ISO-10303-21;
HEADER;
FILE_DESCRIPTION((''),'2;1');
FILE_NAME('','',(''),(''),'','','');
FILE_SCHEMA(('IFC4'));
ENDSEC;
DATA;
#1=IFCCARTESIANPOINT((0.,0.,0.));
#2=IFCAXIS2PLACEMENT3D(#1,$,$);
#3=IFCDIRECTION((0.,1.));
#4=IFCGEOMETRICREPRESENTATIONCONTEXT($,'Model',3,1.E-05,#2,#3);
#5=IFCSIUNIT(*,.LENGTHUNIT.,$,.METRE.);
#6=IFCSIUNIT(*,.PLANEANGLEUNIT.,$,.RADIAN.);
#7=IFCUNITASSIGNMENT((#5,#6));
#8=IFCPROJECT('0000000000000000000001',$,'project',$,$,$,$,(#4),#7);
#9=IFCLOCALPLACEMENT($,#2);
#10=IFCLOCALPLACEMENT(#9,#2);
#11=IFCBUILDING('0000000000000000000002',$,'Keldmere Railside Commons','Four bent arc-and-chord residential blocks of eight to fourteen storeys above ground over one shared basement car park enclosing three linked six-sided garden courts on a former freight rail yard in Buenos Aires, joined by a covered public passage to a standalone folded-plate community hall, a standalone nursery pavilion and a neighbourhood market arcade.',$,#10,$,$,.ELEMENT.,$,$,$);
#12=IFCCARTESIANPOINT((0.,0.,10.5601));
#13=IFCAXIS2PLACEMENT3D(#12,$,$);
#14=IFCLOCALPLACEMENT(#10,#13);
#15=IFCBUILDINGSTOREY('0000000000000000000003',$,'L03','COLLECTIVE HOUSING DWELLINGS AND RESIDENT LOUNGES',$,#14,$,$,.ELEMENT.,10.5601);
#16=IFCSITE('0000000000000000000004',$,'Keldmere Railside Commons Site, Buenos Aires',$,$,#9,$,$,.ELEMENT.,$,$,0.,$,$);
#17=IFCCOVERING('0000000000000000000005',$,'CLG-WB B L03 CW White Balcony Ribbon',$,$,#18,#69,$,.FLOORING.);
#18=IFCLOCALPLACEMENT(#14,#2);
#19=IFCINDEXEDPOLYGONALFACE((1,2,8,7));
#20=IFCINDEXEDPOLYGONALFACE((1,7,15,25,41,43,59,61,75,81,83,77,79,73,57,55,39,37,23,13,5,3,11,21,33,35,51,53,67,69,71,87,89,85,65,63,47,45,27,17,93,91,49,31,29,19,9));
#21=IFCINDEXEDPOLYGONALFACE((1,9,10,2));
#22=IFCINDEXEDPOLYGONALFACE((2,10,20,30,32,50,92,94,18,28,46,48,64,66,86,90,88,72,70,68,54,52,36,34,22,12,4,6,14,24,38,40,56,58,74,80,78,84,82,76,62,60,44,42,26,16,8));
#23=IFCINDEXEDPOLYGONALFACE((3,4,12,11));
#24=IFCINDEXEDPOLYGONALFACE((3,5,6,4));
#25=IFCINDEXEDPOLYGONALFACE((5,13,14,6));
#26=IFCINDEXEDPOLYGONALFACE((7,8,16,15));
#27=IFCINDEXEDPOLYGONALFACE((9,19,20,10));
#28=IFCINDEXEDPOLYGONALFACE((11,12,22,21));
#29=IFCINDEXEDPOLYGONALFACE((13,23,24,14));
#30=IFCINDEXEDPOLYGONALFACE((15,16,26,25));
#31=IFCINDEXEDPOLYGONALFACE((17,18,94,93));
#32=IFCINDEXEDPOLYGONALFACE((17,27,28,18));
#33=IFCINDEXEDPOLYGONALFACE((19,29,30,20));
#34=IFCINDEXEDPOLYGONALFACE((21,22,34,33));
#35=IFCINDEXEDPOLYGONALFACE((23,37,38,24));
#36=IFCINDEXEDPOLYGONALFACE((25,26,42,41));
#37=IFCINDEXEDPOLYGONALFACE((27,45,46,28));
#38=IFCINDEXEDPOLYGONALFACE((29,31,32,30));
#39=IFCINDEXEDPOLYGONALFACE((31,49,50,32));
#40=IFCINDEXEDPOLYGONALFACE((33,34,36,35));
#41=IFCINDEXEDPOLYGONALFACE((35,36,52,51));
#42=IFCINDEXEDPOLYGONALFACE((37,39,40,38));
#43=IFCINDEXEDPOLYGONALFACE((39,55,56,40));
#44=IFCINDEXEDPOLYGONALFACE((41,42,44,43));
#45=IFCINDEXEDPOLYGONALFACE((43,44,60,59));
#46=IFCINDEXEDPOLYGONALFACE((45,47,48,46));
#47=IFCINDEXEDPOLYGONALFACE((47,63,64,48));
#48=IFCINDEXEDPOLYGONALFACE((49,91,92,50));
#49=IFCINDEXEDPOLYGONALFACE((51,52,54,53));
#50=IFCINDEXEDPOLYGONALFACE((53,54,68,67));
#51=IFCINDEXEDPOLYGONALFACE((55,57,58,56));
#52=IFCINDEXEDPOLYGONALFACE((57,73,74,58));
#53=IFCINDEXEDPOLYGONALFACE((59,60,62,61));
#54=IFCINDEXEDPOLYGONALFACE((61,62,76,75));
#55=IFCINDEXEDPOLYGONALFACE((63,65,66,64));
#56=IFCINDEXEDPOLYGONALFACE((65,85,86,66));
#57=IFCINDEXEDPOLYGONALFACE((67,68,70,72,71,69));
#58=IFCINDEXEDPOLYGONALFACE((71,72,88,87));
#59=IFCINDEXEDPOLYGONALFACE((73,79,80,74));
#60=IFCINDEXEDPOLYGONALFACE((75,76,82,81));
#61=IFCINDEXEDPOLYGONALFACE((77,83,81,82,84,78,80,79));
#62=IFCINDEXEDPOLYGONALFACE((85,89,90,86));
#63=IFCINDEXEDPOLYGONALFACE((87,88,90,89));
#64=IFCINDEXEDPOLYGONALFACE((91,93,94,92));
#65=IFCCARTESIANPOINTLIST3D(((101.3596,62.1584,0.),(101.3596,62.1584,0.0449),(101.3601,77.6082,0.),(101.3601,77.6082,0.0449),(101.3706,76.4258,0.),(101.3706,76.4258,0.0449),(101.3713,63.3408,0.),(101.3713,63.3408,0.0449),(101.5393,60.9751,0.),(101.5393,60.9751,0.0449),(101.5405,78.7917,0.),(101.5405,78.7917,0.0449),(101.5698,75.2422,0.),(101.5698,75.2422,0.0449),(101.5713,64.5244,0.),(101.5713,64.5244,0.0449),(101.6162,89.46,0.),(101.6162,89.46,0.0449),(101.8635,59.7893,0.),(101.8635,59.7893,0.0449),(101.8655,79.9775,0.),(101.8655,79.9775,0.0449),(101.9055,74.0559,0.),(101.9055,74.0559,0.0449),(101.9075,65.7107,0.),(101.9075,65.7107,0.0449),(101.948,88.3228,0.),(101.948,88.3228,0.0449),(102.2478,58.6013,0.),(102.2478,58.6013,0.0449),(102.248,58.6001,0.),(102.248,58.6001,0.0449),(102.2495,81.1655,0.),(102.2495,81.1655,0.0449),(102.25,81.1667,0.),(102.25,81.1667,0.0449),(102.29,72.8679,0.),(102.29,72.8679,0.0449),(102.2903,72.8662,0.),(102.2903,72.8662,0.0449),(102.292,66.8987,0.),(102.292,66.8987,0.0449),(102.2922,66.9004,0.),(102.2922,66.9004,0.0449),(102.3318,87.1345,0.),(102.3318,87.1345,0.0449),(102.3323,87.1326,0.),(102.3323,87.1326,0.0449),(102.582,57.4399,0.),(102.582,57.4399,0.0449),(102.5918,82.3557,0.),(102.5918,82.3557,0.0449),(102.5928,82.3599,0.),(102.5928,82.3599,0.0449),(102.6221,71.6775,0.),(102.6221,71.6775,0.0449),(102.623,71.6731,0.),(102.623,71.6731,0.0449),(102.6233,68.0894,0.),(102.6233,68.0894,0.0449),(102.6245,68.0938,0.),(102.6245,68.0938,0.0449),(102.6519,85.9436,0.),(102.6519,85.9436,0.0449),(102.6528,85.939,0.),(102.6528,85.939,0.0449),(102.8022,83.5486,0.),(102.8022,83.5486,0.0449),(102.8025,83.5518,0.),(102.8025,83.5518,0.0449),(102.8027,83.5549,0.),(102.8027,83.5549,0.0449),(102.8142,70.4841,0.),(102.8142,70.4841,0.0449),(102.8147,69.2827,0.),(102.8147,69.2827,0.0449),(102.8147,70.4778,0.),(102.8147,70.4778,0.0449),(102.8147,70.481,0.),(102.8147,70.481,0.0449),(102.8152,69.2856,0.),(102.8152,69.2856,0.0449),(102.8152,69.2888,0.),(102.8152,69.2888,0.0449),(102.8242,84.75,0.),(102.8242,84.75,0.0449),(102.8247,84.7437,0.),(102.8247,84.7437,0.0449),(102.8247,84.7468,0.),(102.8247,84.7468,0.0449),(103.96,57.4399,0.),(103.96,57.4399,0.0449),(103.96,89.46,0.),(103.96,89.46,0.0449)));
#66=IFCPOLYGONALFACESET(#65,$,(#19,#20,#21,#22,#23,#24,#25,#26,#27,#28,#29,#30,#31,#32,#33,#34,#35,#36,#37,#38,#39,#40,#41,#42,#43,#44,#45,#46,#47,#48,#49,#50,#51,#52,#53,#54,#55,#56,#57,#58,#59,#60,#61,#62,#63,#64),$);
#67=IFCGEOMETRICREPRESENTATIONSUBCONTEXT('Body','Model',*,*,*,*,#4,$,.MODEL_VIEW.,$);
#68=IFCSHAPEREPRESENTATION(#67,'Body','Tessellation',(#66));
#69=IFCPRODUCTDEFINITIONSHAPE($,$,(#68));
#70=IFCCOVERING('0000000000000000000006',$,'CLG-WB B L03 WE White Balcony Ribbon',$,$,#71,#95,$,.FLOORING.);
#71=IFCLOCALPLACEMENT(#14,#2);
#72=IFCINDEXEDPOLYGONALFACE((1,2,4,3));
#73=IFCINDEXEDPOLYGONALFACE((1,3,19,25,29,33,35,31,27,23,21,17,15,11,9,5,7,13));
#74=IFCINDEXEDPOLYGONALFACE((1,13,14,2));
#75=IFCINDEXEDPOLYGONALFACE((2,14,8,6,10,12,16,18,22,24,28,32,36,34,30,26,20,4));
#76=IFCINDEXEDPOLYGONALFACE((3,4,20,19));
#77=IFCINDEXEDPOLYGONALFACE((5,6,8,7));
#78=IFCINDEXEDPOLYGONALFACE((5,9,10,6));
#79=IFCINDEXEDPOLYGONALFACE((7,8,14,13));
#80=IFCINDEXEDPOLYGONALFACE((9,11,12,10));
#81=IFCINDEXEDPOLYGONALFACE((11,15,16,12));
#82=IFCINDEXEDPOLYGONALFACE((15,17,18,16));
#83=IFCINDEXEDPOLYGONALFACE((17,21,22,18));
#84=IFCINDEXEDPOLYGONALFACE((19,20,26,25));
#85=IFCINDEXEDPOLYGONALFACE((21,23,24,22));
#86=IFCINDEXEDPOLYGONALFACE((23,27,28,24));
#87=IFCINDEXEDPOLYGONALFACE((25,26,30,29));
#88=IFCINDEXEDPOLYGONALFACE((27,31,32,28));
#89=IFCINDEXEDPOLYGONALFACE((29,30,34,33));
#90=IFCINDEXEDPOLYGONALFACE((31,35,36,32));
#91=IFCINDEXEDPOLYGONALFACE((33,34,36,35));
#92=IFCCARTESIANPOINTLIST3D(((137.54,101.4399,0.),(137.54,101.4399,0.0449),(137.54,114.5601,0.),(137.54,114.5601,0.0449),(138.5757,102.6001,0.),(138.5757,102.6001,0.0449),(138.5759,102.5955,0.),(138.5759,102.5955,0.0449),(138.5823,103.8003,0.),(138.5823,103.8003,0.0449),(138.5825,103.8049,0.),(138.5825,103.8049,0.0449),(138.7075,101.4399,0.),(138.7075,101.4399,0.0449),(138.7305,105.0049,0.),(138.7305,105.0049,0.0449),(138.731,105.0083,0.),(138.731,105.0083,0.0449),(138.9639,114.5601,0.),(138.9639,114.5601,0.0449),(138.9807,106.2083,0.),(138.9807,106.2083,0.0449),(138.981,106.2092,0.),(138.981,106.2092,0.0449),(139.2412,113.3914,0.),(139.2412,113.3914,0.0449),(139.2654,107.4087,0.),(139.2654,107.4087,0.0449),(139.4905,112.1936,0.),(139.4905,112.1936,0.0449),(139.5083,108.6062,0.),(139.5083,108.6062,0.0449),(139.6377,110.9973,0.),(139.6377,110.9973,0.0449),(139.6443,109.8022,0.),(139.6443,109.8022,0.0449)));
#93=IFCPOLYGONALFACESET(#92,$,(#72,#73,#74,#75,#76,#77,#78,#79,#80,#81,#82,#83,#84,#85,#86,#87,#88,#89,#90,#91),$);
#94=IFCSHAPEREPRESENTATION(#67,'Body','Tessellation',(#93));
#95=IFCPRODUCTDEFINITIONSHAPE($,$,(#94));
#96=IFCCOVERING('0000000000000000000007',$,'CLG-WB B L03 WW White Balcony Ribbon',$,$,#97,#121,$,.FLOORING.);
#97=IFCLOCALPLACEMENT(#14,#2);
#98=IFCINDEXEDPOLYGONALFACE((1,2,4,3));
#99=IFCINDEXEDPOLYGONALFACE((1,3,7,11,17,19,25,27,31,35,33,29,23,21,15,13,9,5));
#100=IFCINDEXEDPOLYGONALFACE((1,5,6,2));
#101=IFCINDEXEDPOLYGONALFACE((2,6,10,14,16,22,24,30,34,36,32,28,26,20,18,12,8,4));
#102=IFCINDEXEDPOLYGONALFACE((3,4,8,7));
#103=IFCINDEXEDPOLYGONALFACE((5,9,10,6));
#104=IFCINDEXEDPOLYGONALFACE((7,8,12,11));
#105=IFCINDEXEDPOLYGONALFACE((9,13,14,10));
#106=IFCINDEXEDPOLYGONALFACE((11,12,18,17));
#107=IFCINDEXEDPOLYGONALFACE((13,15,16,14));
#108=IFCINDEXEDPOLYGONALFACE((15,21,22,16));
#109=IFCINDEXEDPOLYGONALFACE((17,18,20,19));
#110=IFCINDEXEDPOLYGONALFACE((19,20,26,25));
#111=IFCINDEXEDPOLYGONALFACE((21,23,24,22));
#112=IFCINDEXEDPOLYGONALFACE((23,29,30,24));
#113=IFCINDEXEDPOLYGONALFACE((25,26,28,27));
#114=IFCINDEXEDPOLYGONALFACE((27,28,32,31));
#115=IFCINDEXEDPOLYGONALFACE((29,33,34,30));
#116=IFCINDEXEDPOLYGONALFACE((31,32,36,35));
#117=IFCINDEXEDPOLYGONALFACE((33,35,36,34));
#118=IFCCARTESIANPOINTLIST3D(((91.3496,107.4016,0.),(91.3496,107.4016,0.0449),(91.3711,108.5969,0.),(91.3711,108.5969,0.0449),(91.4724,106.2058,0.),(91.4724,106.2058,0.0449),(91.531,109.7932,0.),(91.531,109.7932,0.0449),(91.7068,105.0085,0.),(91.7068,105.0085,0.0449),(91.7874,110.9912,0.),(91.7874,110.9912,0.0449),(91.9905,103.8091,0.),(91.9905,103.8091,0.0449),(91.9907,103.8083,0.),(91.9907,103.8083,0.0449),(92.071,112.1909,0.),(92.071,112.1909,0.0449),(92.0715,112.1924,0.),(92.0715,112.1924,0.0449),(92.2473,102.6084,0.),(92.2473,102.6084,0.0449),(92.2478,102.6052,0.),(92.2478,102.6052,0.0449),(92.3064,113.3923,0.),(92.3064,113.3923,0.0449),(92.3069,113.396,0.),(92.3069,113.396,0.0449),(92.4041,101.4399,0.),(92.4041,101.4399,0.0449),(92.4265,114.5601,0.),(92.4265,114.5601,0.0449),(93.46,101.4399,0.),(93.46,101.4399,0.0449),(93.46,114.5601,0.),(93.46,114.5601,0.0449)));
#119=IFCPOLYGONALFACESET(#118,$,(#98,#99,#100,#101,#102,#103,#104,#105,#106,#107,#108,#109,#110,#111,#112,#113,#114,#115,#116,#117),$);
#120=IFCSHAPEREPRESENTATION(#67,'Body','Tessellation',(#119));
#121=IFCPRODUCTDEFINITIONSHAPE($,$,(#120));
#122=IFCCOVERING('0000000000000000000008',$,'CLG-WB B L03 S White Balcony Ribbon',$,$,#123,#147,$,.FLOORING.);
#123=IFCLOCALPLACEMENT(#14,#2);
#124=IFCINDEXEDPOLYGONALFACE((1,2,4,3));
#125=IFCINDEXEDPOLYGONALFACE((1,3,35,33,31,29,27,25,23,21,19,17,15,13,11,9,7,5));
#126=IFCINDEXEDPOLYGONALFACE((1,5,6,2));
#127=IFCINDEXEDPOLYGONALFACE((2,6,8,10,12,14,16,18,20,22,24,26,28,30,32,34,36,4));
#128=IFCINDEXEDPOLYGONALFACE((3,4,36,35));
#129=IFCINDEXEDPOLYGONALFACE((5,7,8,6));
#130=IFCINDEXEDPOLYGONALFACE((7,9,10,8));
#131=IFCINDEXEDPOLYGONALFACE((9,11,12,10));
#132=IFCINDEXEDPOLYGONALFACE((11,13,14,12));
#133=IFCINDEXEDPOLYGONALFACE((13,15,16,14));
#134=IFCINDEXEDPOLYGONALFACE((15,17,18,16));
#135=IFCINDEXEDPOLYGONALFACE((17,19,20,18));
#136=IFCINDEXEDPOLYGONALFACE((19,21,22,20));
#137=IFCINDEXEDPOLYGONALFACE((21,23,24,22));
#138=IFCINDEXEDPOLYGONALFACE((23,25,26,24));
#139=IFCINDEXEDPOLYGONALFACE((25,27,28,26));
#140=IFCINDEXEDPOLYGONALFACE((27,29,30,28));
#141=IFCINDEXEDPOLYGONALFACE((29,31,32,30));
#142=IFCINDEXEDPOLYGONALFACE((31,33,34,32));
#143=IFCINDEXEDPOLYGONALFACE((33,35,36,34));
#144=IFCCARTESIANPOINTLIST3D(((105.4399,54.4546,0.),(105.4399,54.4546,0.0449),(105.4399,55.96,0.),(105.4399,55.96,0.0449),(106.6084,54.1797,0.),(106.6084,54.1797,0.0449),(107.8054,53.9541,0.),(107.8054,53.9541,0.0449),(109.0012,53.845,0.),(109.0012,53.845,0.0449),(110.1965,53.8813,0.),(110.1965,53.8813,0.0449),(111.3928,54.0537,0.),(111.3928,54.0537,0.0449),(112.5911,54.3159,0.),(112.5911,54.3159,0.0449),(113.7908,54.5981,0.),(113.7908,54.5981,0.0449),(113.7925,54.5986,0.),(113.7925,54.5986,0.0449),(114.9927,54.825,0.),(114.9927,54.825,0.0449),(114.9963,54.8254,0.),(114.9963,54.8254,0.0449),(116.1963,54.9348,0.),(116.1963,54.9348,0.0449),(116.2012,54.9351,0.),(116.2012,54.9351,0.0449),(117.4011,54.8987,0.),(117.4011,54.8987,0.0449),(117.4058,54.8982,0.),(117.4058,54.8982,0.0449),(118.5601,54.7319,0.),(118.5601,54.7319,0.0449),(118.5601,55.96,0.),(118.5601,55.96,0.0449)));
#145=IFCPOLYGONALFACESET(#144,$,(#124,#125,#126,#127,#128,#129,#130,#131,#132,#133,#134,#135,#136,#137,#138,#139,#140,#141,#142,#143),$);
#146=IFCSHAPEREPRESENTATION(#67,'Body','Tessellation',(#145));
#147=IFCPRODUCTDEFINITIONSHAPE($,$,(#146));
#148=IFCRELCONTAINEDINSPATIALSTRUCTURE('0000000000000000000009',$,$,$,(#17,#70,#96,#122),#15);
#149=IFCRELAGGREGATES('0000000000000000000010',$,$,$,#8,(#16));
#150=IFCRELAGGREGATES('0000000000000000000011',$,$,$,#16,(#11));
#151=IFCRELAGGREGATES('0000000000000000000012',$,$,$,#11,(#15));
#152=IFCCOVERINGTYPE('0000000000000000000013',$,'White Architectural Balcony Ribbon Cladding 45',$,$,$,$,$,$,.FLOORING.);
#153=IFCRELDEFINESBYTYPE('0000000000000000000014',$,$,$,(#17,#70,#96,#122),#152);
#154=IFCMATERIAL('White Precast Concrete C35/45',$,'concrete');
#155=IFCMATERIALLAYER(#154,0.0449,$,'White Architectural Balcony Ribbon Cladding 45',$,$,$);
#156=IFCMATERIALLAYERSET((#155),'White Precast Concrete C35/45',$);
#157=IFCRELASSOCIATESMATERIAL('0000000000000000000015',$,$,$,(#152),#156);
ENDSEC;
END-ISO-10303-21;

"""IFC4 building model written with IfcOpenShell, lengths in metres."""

from ifc_helpers import new_model, si_unit, direction, frame, origin, place, context, subcontext, project, spatial, polyline, outline, extrude, material, layer, layer_set, type_object, element, save


model = new_model("IFC4")

# Units and contexts
model_context = context("Model", 3, precision=1e-05, world=origin(), true_north=direction((0.0, 1.0)))
body_context = subcontext(model_context, "Body", "Model", "MODEL_VIEW")
ifc_project = project(units=[si_unit("LENGTHUNIT", "METRE"), si_unit("PLANEANGLEUNIT", "RADIAN")], contexts=[model_context])

# Site, building, storey
site_placement = place(None, origin())
site = spatial("IfcSite", under=ifc_project, at=site_placement, Name="Keldmere Railside Commons Site, Buenos Aires", CompositionType="ELEMENT", RefElevation=0.0)
building_placement = place(site_placement, origin())
building = spatial("IfcBuilding", under=site, at=building_placement, Name="Keldmere Railside Commons", Description="Four bent arc-and-chord residential blocks of eight to fourteen storeys above ground over one shared basement car park enclosing three linked six-sided garden courts on a former freight rail yard in Buenos Aires, joined by a covered public passage to a standalone folded-plate community hall, a standalone nursery pavilion and a neighbourhood market arcade.", CompositionType="ELEMENT")
storey_placement = place(building_placement, frame((0.0, 0.0, 10.5601)))
storey = spatial("IfcBuildingStorey", under=building, at=storey_placement, Name="L03", Description="COLLECTIVE HOUSING DWELLINGS AND RESIDENT LOUNGES", CompositionType="ELEMENT", Elevation=10.5601)

# Coverings
ifc_material_1 = material(Name="White Precast Concrete C35/45", Category="concrete")
ifc_layer_1 = layer(ifc_material_1, 0.0449, Name="White Architectural Balcony Ribbon Cladding 45")
ifc_layer_set_1 = layer_set([ifc_layer_1], Name="White Precast Concrete C35/45")
covering_type_1 = type_object("IfcCoveringType", Name="White Architectural Balcony Ribbon Cladding 45", PredefinedType="FLOORING", material=ifc_layer_set_1)
covering_1_placement = place(storey_placement, origin())
element("IfcCovering", 1, at=covering_1_placement, inside=storey, type_object=covering_type_1, Name="CLG-WB B L03 CW White Balcony Ribbon", PredefinedType="FLOORING", context=body_context, shape_type="SweptSolid", body=[
    extrude(outline(polyline([(103.96, 89.46), (101.6162, 89.46), (101.948, 88.3228), (102.3318, 87.1345), (102.3323, 87.1326), (102.6519, 85.9436), (102.6528, 85.939), (102.8242, 84.75), (102.8247, 84.7468), (102.8247, 84.7437), (102.8027, 83.5549), (102.8025, 83.5518), (102.8022, 83.5486), (102.5928, 82.3599), (102.5918, 82.3557), (102.25, 81.1667), (102.2495, 81.1655), (101.8655, 79.9775), (101.5405, 78.7917), (101.3601, 77.6082), (101.3706, 76.4258), (101.5698, 75.2422), (101.9055, 74.0559), (102.29, 72.8679), (102.2903, 72.8662), (102.6221, 71.6775), (102.623, 71.6731), (102.8142, 70.4841), (102.8147, 70.481), (102.8147, 70.4778), (102.8152, 69.2888), (102.8152, 69.2856), (102.8147, 69.2827), (102.6245, 68.0938), (102.6233, 68.0894), (102.2922, 66.9004), (102.292, 66.8987), (101.9075, 65.7107), (101.5713, 64.5244), (101.3713, 63.3408), (101.3596, 62.1584), (101.5393, 60.9751), (101.8635, 59.7893), (102.2478, 58.6013), (102.248, 58.6001), (102.582, 57.4399), (103.96, 57.4399), (103.96, 89.46)])), origin(), (0.0, 0.0, 1.0), 0.0449),
])
covering_2_placement = place(storey_placement, origin())
element("IfcCovering", 2, at=covering_2_placement, inside=storey, type_object=covering_type_1, Name="CLG-WB B L03 WE White Balcony Ribbon", PredefinedType="FLOORING", context=body_context, shape_type="SweptSolid", body=[
    extrude(outline(polyline([(138.5759, 102.5955), (138.5757, 102.6001), (138.5823, 103.8003), (138.5825, 103.8049), (138.7305, 105.0049), (138.731, 105.0083), (138.9807, 106.2083), (138.981, 106.2092), (139.2654, 107.4087), (139.5083, 108.6062), (139.6443, 109.8022), (139.6377, 110.9973), (139.4905, 112.1936), (139.2412, 113.3914), (138.9639, 114.5601), (137.54, 114.5601), (137.54, 101.4399), (138.7075, 101.4399), (138.5759, 102.5955)])), origin(), (0.0, 0.0, 1.0), 0.0449),
])
covering_3_placement = place(storey_placement, origin())
element("IfcCovering", 3, at=covering_3_placement, inside=storey, type_object=covering_type_1, Name="CLG-WB B L03 WW White Balcony Ribbon", PredefinedType="FLOORING", context=body_context, shape_type="SweptSolid", body=[
    extrude(outline(polyline([(93.46, 114.5601), (92.4265, 114.5601), (92.3069, 113.396), (92.3064, 113.3923), (92.0715, 112.1924), (92.071, 112.1909), (91.7874, 110.9912), (91.531, 109.7932), (91.3711, 108.5969), (91.3496, 107.4016), (91.4724, 106.2058), (91.7068, 105.0085), (91.9905, 103.8091), (91.9907, 103.8083), (92.2473, 102.6084), (92.2478, 102.6052), (92.4041, 101.4399), (93.46, 101.4399), (93.46, 114.5601)])), origin(), (0.0, 0.0, 1.0), 0.0449),
])
covering_4_placement = place(storey_placement, origin())
element("IfcCovering", 4, at=covering_4_placement, inside=storey, type_object=covering_type_1, Name="CLG-WB B L03 S White Balcony Ribbon", PredefinedType="FLOORING", context=body_context, shape_type="SweptSolid", body=[
    extrude(outline(polyline([(106.6084, 54.1797), (107.8054, 53.9541), (109.0012, 53.845), (110.1965, 53.8813), (111.3928, 54.0537), (112.5911, 54.3159), (113.7908, 54.5981), (113.7925, 54.5986), (114.9927, 54.825), (114.9963, 54.8254), (116.1963, 54.9348), (116.2012, 54.9351), (117.4011, 54.8987), (117.4058, 54.8982), (118.5601, 54.7319), (118.5601, 55.96), (105.4399, 55.96), (105.4399, 54.4546), (106.6084, 54.1797)])), origin(), (0.0, 0.0, 1.0), 0.0449),
])

save(model, "model.ifc")
